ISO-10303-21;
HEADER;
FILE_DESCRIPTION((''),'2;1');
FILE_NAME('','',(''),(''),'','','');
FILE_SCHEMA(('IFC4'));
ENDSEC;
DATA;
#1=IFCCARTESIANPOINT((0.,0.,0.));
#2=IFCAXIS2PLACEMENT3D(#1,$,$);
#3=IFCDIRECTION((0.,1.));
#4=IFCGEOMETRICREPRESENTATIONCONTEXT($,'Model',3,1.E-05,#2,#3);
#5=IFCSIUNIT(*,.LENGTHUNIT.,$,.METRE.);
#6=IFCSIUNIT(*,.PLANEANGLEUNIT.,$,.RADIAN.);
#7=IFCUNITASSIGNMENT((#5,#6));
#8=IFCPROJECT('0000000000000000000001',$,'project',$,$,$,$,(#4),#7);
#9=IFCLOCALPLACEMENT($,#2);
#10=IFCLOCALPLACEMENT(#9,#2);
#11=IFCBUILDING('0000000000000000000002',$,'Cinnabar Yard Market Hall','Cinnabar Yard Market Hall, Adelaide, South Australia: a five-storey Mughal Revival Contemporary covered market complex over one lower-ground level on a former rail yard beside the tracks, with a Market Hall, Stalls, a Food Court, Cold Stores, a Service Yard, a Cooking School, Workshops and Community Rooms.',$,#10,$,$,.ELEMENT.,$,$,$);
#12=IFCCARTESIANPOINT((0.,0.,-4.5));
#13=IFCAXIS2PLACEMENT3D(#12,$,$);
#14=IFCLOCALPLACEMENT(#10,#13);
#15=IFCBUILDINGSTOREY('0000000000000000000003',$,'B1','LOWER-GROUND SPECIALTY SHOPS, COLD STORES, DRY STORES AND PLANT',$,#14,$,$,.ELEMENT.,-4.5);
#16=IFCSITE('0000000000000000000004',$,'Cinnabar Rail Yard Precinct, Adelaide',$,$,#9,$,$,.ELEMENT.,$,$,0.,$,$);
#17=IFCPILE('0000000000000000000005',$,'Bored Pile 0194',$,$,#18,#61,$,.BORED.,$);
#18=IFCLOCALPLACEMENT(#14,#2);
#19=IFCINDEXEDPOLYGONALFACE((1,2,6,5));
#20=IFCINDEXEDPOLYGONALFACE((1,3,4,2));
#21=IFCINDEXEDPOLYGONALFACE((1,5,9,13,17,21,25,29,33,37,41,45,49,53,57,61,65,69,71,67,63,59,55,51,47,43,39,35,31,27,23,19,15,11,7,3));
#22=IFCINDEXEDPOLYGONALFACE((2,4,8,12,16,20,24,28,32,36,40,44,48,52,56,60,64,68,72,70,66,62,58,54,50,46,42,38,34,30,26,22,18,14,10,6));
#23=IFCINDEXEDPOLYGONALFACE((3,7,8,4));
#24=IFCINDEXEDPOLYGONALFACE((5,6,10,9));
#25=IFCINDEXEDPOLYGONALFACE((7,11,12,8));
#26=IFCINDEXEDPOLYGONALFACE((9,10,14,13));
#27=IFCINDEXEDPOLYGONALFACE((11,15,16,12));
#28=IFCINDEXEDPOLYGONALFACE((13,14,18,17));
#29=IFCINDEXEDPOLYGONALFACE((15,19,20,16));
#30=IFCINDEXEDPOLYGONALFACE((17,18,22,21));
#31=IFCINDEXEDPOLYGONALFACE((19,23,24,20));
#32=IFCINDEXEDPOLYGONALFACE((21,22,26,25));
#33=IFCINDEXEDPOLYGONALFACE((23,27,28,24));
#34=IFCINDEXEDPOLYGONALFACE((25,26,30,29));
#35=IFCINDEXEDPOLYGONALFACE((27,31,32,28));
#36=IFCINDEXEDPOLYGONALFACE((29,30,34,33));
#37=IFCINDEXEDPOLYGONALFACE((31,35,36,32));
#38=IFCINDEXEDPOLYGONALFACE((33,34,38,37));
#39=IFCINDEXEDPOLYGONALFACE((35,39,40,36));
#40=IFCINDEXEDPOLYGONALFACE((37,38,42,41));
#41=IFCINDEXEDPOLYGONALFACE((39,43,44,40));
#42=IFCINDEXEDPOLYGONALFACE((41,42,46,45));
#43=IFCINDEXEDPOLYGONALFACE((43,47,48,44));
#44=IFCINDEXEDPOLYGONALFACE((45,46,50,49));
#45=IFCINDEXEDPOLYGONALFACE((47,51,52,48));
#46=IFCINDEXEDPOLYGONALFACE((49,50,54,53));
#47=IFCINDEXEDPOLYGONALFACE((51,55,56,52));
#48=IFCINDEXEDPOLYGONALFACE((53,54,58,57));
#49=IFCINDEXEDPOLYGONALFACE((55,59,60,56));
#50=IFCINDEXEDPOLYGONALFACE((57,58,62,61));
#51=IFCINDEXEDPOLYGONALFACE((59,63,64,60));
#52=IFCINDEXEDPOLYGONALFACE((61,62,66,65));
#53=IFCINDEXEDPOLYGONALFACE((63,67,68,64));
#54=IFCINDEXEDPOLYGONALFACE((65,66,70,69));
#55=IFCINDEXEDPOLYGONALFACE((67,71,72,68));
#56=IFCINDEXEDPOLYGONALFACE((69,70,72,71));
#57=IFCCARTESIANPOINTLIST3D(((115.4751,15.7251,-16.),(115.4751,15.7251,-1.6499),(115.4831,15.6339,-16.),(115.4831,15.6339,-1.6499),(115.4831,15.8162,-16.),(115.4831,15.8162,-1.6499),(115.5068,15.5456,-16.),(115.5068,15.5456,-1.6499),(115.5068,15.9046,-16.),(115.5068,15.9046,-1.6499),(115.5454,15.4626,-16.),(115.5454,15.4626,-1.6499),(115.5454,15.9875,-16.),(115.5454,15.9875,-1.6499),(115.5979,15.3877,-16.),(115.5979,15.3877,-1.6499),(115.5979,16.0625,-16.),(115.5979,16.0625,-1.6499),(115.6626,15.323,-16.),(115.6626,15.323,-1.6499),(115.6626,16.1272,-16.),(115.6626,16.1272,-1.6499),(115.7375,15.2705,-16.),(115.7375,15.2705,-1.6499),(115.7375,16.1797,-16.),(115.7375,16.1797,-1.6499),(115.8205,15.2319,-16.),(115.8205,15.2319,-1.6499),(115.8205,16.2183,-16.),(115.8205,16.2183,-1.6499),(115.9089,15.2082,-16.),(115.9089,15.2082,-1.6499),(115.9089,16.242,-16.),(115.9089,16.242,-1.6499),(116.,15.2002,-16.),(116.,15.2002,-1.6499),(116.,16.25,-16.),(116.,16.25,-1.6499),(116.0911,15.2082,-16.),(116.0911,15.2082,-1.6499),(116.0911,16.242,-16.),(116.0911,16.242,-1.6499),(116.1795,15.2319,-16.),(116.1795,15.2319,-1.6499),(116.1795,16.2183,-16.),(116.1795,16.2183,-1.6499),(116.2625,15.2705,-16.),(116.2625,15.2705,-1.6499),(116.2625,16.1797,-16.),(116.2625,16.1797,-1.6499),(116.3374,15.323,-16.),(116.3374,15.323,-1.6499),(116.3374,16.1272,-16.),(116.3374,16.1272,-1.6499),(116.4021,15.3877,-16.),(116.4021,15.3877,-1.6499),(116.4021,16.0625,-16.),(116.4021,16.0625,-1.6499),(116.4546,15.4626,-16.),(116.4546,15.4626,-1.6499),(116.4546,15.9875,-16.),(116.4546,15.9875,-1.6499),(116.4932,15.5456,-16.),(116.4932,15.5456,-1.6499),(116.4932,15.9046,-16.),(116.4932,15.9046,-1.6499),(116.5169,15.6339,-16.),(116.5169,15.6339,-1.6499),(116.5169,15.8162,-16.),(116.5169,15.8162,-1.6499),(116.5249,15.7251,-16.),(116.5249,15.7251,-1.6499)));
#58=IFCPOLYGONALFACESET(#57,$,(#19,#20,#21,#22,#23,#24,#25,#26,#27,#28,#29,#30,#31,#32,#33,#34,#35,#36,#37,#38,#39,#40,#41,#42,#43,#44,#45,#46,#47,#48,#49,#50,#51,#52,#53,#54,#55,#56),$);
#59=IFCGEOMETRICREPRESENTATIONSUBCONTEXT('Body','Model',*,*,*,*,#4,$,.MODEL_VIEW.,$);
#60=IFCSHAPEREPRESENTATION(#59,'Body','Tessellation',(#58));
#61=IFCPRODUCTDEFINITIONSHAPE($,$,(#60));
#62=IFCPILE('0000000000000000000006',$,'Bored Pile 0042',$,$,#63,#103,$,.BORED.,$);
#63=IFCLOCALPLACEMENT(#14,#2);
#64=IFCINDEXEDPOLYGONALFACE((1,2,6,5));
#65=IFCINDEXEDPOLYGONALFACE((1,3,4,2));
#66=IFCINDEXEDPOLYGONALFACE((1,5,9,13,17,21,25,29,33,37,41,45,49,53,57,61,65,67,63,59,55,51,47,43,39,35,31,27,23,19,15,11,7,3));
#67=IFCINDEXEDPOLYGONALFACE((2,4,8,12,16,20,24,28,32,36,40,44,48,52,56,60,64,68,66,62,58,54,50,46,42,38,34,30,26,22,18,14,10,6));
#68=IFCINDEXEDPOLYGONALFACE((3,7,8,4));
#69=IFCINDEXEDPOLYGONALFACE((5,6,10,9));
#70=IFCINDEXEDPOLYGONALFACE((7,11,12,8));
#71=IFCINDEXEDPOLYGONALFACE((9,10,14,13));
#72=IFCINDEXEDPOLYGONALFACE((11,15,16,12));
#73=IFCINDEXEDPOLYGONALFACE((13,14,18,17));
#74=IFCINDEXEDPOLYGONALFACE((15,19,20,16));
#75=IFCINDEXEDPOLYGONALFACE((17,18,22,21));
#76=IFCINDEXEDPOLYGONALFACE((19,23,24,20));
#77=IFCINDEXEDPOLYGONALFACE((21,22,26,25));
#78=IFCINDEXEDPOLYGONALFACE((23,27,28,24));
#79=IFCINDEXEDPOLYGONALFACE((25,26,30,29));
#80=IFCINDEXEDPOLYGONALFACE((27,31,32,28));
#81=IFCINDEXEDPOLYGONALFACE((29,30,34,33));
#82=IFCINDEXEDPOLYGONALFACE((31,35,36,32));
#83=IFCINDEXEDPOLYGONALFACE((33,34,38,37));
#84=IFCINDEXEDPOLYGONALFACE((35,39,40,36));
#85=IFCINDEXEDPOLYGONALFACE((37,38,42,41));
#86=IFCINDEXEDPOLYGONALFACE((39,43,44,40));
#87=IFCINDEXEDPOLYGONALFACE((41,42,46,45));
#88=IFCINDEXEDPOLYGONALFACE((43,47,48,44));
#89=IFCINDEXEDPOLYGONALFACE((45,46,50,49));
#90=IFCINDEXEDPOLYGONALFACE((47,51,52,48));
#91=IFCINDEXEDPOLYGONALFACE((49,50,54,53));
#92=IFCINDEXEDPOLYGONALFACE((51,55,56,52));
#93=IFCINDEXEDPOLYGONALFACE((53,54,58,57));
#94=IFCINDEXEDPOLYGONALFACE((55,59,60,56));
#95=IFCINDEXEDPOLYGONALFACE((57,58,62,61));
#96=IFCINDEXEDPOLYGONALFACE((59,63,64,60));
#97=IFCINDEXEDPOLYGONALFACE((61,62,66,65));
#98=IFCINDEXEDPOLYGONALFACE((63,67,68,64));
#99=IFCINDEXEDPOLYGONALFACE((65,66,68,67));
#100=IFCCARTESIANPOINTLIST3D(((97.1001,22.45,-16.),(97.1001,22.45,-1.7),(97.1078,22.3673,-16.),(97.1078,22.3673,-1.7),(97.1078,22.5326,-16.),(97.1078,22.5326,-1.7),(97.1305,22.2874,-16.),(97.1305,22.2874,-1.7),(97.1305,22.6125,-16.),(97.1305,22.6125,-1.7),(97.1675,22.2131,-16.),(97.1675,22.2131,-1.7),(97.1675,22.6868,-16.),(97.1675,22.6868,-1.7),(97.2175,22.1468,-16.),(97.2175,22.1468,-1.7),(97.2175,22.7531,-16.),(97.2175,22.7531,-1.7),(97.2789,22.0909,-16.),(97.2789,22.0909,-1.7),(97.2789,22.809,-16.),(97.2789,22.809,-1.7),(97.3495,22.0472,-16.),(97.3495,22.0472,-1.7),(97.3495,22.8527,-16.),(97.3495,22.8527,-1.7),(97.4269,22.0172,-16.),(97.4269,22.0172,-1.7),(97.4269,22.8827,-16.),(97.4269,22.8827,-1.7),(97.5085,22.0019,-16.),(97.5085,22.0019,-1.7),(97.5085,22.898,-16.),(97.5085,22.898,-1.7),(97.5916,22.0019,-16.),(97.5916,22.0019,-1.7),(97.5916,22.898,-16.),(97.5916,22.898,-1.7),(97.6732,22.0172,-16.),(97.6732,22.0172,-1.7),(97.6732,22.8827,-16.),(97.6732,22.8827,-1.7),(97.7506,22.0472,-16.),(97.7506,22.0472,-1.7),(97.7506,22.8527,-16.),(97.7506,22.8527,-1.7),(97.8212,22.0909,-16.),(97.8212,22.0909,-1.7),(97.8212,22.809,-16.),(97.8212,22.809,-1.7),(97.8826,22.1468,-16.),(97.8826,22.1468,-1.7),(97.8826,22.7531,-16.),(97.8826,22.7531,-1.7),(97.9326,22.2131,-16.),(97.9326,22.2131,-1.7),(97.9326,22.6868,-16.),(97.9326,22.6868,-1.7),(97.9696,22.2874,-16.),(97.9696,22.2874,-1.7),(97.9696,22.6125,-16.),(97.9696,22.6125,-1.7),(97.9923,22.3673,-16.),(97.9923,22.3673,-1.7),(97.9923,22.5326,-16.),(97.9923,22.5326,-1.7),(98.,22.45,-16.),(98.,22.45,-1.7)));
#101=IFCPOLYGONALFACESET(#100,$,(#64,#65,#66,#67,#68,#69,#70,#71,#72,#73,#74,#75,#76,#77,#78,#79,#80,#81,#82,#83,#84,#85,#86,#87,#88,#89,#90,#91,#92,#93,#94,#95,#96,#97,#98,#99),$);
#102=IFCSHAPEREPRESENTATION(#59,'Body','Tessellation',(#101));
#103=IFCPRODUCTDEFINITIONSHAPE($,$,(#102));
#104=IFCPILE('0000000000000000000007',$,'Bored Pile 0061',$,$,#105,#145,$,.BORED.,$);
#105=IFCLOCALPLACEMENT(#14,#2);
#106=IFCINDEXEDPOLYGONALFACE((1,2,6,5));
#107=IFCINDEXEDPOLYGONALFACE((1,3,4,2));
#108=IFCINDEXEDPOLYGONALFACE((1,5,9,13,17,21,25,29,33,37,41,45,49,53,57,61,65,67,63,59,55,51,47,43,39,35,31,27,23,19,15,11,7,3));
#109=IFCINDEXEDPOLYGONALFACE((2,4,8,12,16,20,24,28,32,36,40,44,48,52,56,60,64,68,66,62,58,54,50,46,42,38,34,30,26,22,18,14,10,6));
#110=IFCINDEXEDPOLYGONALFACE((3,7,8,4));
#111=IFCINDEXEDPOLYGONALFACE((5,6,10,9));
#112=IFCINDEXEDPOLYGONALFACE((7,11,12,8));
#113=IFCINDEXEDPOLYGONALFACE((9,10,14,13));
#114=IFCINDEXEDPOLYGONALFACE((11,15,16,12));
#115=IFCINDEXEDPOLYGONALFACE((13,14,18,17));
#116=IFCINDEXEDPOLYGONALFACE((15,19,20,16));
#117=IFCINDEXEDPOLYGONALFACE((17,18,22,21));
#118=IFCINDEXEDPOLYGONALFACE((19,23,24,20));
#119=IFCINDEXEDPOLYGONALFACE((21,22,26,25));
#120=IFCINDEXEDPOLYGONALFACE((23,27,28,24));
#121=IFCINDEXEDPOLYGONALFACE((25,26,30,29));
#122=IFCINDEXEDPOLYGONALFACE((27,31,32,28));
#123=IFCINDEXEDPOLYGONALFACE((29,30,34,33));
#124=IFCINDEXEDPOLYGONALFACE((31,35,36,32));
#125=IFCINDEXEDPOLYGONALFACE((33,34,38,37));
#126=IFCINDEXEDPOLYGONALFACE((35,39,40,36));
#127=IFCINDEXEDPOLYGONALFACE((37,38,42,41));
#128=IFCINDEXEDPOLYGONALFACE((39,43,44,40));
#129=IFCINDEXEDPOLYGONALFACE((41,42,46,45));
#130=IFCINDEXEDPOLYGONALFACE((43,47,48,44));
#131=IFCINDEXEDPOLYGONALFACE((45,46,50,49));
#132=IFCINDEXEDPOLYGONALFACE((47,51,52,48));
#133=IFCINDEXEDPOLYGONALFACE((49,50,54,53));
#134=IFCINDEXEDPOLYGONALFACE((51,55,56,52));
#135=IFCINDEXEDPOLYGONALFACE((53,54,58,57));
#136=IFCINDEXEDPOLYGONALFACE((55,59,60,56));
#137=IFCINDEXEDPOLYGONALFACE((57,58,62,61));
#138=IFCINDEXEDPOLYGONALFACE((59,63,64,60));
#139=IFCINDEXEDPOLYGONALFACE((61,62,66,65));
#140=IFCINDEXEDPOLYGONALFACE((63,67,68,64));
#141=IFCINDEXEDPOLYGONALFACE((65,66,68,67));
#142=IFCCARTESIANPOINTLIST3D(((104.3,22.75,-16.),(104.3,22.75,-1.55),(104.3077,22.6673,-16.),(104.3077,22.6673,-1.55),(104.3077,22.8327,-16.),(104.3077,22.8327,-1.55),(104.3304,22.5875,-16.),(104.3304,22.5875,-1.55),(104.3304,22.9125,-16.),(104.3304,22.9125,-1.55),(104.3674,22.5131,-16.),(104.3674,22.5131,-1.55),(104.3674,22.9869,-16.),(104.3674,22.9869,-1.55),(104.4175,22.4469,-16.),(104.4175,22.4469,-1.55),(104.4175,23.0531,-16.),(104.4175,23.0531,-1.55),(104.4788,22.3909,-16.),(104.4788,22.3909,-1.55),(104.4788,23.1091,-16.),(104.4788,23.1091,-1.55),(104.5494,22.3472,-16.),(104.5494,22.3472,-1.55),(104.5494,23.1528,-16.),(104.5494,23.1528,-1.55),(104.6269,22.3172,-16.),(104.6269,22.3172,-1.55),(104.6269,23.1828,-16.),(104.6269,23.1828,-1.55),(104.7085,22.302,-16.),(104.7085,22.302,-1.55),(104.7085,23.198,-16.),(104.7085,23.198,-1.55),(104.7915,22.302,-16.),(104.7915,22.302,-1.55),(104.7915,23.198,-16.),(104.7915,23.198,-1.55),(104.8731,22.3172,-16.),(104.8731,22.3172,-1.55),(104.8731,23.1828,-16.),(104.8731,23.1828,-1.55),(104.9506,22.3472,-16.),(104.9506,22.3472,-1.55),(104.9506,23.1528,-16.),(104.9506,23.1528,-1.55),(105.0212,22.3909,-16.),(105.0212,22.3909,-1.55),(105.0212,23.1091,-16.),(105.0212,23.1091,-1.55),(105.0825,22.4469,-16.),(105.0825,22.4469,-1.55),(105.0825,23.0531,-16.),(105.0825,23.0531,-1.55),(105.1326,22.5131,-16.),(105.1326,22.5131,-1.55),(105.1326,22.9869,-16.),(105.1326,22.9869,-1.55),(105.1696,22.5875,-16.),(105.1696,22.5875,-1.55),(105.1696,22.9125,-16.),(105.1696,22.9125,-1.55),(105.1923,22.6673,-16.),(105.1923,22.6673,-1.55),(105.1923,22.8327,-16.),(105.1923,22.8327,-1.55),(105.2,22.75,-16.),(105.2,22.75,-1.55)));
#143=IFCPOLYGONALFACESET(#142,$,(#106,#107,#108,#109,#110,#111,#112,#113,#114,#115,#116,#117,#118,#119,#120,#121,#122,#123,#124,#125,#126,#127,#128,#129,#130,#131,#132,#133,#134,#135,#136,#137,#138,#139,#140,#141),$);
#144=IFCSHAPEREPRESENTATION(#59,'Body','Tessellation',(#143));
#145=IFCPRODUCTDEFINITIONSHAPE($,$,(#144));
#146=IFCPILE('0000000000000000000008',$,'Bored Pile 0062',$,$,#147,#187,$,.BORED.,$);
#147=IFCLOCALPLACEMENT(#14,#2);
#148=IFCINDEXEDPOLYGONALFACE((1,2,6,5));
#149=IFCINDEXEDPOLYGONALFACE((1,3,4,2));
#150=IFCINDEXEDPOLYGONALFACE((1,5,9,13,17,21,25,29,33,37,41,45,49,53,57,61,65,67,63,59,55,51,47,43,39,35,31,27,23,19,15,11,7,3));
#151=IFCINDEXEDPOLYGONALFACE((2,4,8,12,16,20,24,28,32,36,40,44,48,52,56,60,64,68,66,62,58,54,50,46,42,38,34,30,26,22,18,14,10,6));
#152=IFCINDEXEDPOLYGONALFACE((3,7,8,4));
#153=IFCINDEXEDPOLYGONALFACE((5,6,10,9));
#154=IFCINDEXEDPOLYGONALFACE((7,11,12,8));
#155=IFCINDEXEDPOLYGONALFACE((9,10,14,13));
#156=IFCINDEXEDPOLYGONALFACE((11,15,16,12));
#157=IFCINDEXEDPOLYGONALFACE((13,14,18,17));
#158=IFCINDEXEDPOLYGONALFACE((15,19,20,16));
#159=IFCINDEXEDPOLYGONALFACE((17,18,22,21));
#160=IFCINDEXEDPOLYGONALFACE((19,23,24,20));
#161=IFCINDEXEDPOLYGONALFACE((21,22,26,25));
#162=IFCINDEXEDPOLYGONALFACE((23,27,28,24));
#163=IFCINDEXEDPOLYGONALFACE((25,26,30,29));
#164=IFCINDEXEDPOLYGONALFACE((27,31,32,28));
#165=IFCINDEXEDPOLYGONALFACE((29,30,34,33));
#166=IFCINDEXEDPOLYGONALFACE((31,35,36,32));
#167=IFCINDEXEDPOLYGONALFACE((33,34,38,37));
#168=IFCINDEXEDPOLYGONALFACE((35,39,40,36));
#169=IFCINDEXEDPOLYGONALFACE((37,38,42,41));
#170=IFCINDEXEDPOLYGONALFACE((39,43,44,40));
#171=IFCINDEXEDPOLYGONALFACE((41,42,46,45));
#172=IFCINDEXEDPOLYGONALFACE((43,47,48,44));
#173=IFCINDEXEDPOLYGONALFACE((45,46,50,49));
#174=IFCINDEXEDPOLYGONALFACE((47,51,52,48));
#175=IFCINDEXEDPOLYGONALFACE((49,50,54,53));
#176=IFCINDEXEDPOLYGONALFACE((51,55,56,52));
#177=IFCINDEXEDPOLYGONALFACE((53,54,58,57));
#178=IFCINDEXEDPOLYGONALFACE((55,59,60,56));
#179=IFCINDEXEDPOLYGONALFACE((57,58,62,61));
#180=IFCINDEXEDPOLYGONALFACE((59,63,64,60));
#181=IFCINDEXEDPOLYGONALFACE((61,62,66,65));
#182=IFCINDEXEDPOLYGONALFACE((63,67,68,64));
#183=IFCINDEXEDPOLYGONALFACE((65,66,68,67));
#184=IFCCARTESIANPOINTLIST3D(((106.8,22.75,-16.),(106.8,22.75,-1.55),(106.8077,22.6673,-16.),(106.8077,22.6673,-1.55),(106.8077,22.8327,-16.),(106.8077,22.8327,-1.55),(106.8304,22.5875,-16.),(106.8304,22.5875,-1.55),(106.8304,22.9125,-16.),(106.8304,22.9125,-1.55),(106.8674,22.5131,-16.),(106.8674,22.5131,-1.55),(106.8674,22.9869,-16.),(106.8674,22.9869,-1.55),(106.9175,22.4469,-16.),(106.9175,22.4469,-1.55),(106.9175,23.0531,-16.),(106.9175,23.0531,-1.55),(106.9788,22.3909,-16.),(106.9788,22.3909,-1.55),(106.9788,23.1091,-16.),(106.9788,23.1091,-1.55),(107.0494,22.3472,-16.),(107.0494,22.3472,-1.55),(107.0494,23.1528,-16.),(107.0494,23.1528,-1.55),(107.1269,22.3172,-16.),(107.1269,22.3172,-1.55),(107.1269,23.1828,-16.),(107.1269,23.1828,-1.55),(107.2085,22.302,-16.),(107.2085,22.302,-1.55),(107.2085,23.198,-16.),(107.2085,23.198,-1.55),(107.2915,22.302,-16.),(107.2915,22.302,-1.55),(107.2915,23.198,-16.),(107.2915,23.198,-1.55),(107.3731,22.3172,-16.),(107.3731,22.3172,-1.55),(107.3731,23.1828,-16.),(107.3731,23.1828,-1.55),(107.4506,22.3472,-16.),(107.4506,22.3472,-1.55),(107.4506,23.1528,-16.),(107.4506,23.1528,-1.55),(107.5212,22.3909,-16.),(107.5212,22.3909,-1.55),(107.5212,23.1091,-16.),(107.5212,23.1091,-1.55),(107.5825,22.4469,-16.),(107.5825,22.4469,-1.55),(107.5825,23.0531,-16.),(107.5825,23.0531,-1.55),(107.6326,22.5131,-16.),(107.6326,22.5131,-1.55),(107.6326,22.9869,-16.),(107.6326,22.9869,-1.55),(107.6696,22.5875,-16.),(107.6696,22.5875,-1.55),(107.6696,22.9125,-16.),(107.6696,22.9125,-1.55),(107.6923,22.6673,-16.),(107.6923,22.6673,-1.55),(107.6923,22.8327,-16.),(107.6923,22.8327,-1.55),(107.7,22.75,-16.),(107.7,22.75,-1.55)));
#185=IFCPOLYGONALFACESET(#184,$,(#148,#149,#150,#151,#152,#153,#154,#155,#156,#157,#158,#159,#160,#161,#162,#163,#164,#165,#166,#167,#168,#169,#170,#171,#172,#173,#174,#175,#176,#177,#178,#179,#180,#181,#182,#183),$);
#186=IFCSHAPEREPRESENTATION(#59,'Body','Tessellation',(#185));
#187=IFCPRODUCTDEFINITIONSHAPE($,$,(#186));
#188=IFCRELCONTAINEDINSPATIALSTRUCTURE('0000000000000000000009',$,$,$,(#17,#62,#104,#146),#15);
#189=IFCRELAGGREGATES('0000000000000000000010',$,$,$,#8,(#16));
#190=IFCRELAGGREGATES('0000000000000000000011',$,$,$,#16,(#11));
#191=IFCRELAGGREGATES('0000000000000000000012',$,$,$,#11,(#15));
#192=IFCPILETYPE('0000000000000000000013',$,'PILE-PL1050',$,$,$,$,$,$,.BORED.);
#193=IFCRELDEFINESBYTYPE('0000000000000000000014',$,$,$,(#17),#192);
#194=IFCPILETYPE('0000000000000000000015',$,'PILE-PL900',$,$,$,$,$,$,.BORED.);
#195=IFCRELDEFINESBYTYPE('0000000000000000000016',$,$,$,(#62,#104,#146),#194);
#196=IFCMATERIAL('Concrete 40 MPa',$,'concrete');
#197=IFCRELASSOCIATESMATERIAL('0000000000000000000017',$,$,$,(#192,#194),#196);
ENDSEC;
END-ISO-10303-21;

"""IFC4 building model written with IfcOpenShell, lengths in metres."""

from ifc_helpers import new_model, si_unit, direction, frame, origin, origin_2d_with_axis, place, context, subcontext, project, spatial, circle, extrude, material, material_profile, profile_set, type_object, element, save


model = new_model("IFC4")

# Units and contexts
model_context = context("Model", 3, precision=1e-05, world=origin(), true_north=direction((0.0, 1.0)))
body_context = subcontext(model_context, "Body", "Model", "MODEL_VIEW")
ifc_project = project(units=[si_unit("LENGTHUNIT", "METRE"), si_unit("PLANEANGLEUNIT", "RADIAN")], contexts=[model_context])

# Site, building, storey
site_placement = place(None, origin())
site = spatial("IfcSite", under=ifc_project, at=site_placement, Name="Cinnabar Rail Yard Precinct, Adelaide", CompositionType="ELEMENT", RefElevation=0.0)
building_placement = place(site_placement, origin())
building = spatial("IfcBuilding", under=site, at=building_placement, Name="Cinnabar Yard Market Hall", Description="Cinnabar Yard Market Hall, Adelaide, South Australia: a five-storey Mughal Revival Contemporary covered market complex over one lower-ground level on a former rail yard beside the tracks, with a Market Hall, Stalls, a Food Court, Cold Stores, a Service Yard, a Cooking School, Workshops and Community Rooms.", CompositionType="ELEMENT")
storey_placement = place(building_placement, frame((0.0, 0.0, -4.5)))
storey = spatial("IfcBuildingStorey", under=building, at=storey_placement, Name="B1", Description="LOWER-GROUND SPECIALTY SHOPS, COLD STORES, DRY STORES AND PLANT", CompositionType="ELEMENT", Elevation=-4.5)

# Shared definitions
ifc_material_1 = material(Name="Concrete 40 MPa", Category="concrete")

# Piles
ifc_material_profile_1 = material_profile(ifc_material_1, circle(Radius=0.5249, at=origin_2d_with_axis()), Name="PILE-D1050")
ifc_profile_set_1 = profile_set([ifc_material_profile_1], Name="Concrete 40 MPa")
pile_type_1 = type_object("IfcPileType", Name="PILE-PL1050", PredefinedType="BORED", material=ifc_profile_set_1)
for number, where, z_axis, x_axis, name in (
    (1, (116.0, 15.7251, -1.6499), (0.0, 0.0, -1.0), (1.0, 0.0, 0.0), "Bored Pile 0194"),
):
    element("IfcPile", number, at=place(storey_placement, frame(where, z_axis=z_axis, x_axis=x_axis)), inside=storey, type_object=pile_type_1, Name=name, PredefinedType="BORED", context=body_context, shape_type="SweptSolid", body=[
        extrude(circle(Radius=0.5249, at=origin_2d_with_axis()), origin(), (0.0, 0.0, 1.0), 14.3501),
    ])
ifc_material_profile_2 = material_profile(ifc_material_1, circle(Radius=0.45, at=origin_2d_with_axis()), Name="PILE-D900")
ifc_profile_set_2 = profile_set([ifc_material_profile_2], Name="Concrete 40 MPa")
pile_type_2 = type_object("IfcPileType", Name="PILE-PL900", PredefinedType="BORED", material=ifc_profile_set_2)
pile_1_placement = place(storey_placement, frame((97.55, 22.45, -1.7), z_axis=(0.0, 0.0, -1.0), x_axis=(1.0, 0.0, 0.0)))
element("IfcPile", 2, at=pile_1_placement, inside=storey, type_object=pile_type_2, Name="Bored Pile 0042", PredefinedType="BORED", context=body_context, shape_type="SweptSolid", body=[
    extrude(circle(Radius=0.45, at=origin_2d_with_axis()), origin(), (0.0, 0.0, 1.0), 14.3),
])
for number, where, z_axis, x_axis, name in (
    (3, (104.75, 22.75, -1.55), (0.0, 0.0, -1.0), (1.0, 0.0, 0.0), "Bored Pile 0061"),
    (4, (107.25, 22.75, -1.55), (0.0, 0.0, -1.0), (1.0, 0.0, 0.0), "Bored Pile 0062"),
):
    element("IfcPile", number, at=place(storey_placement, frame(where, z_axis=z_axis, x_axis=x_axis)), inside=storey, type_object=pile_type_2, Name=name, PredefinedType="BORED", context=body_context, shape_type="SweptSolid", body=[
        extrude(circle(Radius=0.45, at=origin_2d_with_axis()), origin(), (0.0, 0.0, 1.0), 14.45),
    ])

save(model, "model.ifc")
